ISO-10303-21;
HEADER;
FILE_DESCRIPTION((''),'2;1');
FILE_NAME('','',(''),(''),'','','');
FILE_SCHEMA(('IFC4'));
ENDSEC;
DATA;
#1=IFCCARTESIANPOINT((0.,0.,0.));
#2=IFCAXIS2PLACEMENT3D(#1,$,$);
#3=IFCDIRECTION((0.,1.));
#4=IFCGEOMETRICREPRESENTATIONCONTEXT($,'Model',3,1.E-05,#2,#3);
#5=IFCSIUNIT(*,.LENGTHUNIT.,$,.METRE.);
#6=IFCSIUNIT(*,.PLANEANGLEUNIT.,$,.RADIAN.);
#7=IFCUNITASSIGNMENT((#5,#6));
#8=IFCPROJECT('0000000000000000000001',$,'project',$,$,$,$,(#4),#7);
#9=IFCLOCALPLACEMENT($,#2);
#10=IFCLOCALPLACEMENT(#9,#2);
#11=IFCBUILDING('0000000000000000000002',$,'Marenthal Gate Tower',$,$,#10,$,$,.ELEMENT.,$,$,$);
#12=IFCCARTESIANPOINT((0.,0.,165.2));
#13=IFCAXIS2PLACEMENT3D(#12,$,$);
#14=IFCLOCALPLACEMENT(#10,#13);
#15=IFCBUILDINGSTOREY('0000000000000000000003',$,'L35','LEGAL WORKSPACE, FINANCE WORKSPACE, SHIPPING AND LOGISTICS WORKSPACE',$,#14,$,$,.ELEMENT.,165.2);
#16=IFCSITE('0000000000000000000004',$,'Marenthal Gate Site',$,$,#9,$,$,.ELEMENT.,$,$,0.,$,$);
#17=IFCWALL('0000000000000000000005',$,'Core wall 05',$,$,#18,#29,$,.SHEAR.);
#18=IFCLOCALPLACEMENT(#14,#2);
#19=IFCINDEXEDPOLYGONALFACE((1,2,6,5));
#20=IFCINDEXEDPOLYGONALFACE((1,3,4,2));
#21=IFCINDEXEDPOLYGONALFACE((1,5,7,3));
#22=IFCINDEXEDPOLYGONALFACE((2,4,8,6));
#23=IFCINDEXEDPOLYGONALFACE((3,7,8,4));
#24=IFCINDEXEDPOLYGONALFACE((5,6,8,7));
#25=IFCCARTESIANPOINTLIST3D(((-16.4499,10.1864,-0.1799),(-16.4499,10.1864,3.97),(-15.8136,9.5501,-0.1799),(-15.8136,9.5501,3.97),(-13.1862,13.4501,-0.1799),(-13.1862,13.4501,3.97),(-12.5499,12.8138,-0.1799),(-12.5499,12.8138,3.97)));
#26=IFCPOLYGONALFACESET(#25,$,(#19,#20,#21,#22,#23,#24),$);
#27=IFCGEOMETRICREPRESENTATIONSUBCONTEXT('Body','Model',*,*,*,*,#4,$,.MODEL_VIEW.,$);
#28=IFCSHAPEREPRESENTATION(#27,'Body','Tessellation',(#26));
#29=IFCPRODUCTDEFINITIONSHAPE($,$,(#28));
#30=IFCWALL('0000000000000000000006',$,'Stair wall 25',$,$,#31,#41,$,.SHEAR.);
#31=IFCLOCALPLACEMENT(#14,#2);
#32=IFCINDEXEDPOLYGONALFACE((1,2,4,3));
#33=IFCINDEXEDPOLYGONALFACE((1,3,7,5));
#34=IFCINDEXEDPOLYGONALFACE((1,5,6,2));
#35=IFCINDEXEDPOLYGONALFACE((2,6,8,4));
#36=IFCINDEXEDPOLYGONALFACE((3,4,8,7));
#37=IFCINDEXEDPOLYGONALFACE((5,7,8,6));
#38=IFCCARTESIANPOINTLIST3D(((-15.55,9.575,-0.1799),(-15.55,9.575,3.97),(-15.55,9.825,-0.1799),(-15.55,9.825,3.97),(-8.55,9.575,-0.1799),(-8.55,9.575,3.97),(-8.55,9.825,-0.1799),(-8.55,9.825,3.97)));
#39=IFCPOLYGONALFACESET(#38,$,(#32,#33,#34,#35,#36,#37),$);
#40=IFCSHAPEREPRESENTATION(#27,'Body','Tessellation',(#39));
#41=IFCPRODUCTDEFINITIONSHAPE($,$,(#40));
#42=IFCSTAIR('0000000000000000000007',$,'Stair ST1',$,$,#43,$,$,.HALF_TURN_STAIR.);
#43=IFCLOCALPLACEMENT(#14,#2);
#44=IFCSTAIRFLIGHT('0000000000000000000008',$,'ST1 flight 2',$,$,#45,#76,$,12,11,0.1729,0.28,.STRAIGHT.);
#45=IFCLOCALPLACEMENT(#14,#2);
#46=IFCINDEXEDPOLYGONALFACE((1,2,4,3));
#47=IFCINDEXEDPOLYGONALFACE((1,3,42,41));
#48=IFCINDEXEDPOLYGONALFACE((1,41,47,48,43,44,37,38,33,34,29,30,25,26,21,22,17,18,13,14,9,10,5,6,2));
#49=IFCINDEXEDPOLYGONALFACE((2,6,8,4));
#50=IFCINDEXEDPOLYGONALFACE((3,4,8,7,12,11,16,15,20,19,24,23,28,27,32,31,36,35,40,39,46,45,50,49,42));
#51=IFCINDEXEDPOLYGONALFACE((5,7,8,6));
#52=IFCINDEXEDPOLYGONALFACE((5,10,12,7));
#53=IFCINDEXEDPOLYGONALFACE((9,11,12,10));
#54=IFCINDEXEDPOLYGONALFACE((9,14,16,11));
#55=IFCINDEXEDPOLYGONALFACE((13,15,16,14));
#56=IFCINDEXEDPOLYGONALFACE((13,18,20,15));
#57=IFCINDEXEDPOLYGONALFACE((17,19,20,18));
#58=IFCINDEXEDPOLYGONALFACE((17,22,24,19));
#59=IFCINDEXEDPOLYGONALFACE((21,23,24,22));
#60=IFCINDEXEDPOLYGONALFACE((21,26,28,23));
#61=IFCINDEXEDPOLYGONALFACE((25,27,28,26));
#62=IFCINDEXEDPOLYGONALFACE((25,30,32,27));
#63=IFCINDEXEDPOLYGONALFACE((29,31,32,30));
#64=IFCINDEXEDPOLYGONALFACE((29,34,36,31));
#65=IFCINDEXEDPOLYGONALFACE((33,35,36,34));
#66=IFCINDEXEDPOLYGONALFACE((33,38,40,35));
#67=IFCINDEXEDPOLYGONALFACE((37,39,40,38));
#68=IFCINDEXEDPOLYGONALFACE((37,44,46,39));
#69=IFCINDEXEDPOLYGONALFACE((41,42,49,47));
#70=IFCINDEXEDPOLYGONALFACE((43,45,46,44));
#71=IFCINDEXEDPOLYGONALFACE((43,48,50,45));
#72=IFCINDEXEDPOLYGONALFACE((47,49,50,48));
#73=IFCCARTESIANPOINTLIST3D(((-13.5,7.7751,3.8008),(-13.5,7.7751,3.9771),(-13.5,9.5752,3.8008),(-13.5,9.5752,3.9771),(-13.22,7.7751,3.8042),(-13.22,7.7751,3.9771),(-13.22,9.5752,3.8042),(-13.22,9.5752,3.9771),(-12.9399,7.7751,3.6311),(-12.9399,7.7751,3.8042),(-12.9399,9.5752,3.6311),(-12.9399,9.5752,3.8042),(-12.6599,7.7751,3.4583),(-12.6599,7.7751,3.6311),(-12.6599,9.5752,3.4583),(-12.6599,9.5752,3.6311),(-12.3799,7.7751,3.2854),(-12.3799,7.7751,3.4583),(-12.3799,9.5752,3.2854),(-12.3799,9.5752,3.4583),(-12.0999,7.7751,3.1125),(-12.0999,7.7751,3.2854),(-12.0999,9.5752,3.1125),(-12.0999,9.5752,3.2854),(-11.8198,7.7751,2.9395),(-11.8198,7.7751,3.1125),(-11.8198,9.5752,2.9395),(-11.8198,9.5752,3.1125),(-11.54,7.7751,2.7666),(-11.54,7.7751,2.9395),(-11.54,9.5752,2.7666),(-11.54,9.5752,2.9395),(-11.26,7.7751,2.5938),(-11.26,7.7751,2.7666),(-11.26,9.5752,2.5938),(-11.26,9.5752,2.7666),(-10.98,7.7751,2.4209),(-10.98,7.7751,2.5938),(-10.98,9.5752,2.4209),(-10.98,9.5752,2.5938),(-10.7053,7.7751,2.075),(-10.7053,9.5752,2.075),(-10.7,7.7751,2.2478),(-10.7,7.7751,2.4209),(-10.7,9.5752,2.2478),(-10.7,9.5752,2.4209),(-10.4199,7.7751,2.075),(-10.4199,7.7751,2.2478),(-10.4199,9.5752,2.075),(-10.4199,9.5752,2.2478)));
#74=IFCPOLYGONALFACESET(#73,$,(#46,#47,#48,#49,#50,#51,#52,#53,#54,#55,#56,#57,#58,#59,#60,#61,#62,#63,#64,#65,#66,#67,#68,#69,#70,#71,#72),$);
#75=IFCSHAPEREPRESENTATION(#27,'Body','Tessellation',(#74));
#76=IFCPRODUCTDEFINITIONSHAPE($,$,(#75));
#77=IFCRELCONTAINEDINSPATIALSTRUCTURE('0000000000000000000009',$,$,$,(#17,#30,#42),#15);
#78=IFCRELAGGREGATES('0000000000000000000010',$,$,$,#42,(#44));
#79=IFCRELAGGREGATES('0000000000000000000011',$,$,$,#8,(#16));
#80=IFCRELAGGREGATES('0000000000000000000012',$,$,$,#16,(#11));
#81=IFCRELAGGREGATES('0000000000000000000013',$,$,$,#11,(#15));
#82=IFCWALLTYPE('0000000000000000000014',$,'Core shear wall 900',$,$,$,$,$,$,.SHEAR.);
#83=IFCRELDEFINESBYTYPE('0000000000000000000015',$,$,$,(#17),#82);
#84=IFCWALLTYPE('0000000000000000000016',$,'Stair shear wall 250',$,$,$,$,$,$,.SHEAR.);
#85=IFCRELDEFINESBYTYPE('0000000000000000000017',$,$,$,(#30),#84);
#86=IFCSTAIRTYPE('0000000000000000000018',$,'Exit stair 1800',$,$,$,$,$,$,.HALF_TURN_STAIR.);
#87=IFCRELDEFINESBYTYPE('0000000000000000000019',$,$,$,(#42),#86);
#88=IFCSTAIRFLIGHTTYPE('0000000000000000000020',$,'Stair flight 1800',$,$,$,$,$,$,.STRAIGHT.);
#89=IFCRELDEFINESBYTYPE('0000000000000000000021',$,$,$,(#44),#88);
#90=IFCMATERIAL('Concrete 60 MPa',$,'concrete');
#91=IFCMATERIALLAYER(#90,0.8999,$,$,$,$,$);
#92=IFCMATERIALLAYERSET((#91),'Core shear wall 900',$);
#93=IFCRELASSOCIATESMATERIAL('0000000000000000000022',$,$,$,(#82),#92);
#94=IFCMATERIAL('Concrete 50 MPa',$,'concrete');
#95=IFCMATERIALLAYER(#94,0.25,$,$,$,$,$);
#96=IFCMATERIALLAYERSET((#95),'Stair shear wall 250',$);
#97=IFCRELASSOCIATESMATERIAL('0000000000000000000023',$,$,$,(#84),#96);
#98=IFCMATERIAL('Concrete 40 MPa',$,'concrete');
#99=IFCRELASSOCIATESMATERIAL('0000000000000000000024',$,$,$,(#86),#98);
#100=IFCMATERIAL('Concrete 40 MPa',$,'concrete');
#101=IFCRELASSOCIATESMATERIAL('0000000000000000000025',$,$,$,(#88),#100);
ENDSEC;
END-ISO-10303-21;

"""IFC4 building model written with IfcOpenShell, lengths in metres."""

from ifc_helpers import new_model, si_unit, direction, frame, frame_2d, origin, place, context, subcontext, project, spatial, polyline, rectangle, outline, extrude, material, layer, layer_set, type_object, element, aggregate, save


model = new_model("IFC4")

# Units and contexts
model_context = context("Model", 3, precision=1e-05, world=origin(), true_north=direction((0.0, 1.0)))
body_context = subcontext(model_context, "Body", "Model", "MODEL_VIEW")
ifc_project = project(units=[si_unit("LENGTHUNIT", "METRE"), si_unit("PLANEANGLEUNIT", "RADIAN")], contexts=[model_context])

# Site, building, storey
site_placement = place(None, origin())
site = spatial("IfcSite", under=ifc_project, at=site_placement, Name="Marenthal Gate Site", CompositionType="ELEMENT", RefElevation=0.0)
building_placement = place(site_placement, origin())
building = spatial("IfcBuilding", under=site, at=building_placement, Name="Marenthal Gate Tower", CompositionType="ELEMENT")
storey_placement = place(building_placement, frame((0.0, 0.0, 165.2)))
storey = spatial("IfcBuildingStorey", under=building, at=storey_placement, Name="L35", Description="LEGAL WORKSPACE, FINANCE WORKSPACE, SHIPPING AND LOGISTICS WORKSPACE", CompositionType="ELEMENT", Elevation=165.2)

# Walls
ifc_material_1 = material(Name="Concrete 60 MPa", Category="concrete")
ifc_layer_1 = layer(ifc_material_1, 0.8999)
ifc_layer_set_1 = layer_set([ifc_layer_1], Name="Core shear wall 900")
wall_type_1 = type_object("IfcWallType", Name="Core shear wall 900", PredefinedType="SHEAR", material=ifc_layer_set_1)
wall_1_placement = place(storey_placement, frame((-12.8682, 13.1318, -0.1799), z_axis=(0.0, 0.0, 1.0), x_axis=(-0.707107, -0.707107, 0.0)))
element("IfcWall", 1, at=wall_1_placement, inside=storey, type_object=wall_type_1, Name="Core wall 05", PredefinedType="SHEAR", context=body_context, shape_type="SweptSolid", body=[
    extrude(rectangle(XDim=4.6155, YDim=0.8999, at=frame_2d((2.3076, 0.0))), origin(), (0.0, 0.0, 1.0), 4.1499),
])
ifc_material_2 = material(Name="Concrete 50 MPa", Category="concrete")
ifc_layer_2 = layer(ifc_material_2, 0.25)
ifc_layer_set_2 = layer_set([ifc_layer_2], Name="Stair shear wall 250")
wall_type_2 = type_object("IfcWallType", Name="Stair shear wall 250", PredefinedType="SHEAR", material=ifc_layer_set_2)
wall_2_placement = place(storey_placement, frame((-15.55, 9.7, -0.1799), z_axis=(0.0, 0.0, 1.0), x_axis=(1.0, 0.0, 0.0)))
element("IfcWall", 2, at=wall_2_placement, inside=storey, type_object=wall_type_2, Name="Stair wall 25", PredefinedType="SHEAR", context=body_context, shape_type="SweptSolid", body=[
    extrude(rectangle(XDim=7.0, YDim=0.25, at=frame_2d((3.5, 0.0))), origin(), (0.0, 0.0, 1.0), 4.1499),
])

# Stair, stair flight
ifc_material_3 = material(Name="Concrete 40 MPa", Category="concrete")
stair_type = type_object("IfcStairType", Name="Exit stair 1800", PredefinedType="HALF_TURN_STAIR", material=ifc_material_3)
stair_placement = place(storey_placement, origin())
stair = element("IfcStair", 3, at=stair_placement, inside=storey, type_object=stair_type, Name="Stair ST1", PredefinedType="HALF_TURN_STAIR")
ifc_material_4 = material(Name="Concrete 40 MPa", Category="concrete")
stair_flight_type = type_object("IfcStairFlightType", Name="Stair flight 1800", PredefinedType="STRAIGHT", material=ifc_material_4)
stair_flight_placement = place(storey_placement, frame((-10.4199, 8.675, 2.075), z_axis=(0.0, 0.0, 1.0), x_axis=(-1.0, 0.0, 0.0)))
stair_flight = element("IfcStairFlight", 4, at=stair_flight_placement, type_object=stair_flight_type, Name="ST1 flight 2", NumberOfRisers=12, NumberOfTreads=11, PredefinedType="STRAIGHT", RiserHeight=0.1729, TreadLength=0.28, context=body_context, shape_type="SweptSolid", body=[
    extrude(outline(polyline([(0.0, 0.0), (0.0, 0.1729), (0.28, 0.1729), (0.28, 0.3459), (0.5601, 0.3459), (0.5601, 0.5188), (0.8401, 0.5188), (0.8401, 0.6917), (1.1201, 0.6917), (1.1201, 0.8645), (1.3999, 0.8645), (1.3999, 1.0376), (1.6799, 1.0376), (1.6799, 1.2104), (1.96, 1.2104), (1.96, 1.3833), (2.24, 1.3833), (2.24, 1.5562), (2.52, 1.5562), (2.52, 1.7292), (2.8, 1.7292), (2.8, 1.9021), (3.0801, 1.9021), (3.0801, 2.075), (3.0801, 1.7258), (0.2854, 0.0), (0.0, 0.0)])), frame((0.0, 0.8999, 0.0), z_axis=(0.0, -1.0, 0.0), x_axis=(1.0, 0.0, 0.0)), (0.0, 0.0, 1.0), 1.8),
])
aggregate(stair, [stair_flight])

save(model, "model.ifc")
